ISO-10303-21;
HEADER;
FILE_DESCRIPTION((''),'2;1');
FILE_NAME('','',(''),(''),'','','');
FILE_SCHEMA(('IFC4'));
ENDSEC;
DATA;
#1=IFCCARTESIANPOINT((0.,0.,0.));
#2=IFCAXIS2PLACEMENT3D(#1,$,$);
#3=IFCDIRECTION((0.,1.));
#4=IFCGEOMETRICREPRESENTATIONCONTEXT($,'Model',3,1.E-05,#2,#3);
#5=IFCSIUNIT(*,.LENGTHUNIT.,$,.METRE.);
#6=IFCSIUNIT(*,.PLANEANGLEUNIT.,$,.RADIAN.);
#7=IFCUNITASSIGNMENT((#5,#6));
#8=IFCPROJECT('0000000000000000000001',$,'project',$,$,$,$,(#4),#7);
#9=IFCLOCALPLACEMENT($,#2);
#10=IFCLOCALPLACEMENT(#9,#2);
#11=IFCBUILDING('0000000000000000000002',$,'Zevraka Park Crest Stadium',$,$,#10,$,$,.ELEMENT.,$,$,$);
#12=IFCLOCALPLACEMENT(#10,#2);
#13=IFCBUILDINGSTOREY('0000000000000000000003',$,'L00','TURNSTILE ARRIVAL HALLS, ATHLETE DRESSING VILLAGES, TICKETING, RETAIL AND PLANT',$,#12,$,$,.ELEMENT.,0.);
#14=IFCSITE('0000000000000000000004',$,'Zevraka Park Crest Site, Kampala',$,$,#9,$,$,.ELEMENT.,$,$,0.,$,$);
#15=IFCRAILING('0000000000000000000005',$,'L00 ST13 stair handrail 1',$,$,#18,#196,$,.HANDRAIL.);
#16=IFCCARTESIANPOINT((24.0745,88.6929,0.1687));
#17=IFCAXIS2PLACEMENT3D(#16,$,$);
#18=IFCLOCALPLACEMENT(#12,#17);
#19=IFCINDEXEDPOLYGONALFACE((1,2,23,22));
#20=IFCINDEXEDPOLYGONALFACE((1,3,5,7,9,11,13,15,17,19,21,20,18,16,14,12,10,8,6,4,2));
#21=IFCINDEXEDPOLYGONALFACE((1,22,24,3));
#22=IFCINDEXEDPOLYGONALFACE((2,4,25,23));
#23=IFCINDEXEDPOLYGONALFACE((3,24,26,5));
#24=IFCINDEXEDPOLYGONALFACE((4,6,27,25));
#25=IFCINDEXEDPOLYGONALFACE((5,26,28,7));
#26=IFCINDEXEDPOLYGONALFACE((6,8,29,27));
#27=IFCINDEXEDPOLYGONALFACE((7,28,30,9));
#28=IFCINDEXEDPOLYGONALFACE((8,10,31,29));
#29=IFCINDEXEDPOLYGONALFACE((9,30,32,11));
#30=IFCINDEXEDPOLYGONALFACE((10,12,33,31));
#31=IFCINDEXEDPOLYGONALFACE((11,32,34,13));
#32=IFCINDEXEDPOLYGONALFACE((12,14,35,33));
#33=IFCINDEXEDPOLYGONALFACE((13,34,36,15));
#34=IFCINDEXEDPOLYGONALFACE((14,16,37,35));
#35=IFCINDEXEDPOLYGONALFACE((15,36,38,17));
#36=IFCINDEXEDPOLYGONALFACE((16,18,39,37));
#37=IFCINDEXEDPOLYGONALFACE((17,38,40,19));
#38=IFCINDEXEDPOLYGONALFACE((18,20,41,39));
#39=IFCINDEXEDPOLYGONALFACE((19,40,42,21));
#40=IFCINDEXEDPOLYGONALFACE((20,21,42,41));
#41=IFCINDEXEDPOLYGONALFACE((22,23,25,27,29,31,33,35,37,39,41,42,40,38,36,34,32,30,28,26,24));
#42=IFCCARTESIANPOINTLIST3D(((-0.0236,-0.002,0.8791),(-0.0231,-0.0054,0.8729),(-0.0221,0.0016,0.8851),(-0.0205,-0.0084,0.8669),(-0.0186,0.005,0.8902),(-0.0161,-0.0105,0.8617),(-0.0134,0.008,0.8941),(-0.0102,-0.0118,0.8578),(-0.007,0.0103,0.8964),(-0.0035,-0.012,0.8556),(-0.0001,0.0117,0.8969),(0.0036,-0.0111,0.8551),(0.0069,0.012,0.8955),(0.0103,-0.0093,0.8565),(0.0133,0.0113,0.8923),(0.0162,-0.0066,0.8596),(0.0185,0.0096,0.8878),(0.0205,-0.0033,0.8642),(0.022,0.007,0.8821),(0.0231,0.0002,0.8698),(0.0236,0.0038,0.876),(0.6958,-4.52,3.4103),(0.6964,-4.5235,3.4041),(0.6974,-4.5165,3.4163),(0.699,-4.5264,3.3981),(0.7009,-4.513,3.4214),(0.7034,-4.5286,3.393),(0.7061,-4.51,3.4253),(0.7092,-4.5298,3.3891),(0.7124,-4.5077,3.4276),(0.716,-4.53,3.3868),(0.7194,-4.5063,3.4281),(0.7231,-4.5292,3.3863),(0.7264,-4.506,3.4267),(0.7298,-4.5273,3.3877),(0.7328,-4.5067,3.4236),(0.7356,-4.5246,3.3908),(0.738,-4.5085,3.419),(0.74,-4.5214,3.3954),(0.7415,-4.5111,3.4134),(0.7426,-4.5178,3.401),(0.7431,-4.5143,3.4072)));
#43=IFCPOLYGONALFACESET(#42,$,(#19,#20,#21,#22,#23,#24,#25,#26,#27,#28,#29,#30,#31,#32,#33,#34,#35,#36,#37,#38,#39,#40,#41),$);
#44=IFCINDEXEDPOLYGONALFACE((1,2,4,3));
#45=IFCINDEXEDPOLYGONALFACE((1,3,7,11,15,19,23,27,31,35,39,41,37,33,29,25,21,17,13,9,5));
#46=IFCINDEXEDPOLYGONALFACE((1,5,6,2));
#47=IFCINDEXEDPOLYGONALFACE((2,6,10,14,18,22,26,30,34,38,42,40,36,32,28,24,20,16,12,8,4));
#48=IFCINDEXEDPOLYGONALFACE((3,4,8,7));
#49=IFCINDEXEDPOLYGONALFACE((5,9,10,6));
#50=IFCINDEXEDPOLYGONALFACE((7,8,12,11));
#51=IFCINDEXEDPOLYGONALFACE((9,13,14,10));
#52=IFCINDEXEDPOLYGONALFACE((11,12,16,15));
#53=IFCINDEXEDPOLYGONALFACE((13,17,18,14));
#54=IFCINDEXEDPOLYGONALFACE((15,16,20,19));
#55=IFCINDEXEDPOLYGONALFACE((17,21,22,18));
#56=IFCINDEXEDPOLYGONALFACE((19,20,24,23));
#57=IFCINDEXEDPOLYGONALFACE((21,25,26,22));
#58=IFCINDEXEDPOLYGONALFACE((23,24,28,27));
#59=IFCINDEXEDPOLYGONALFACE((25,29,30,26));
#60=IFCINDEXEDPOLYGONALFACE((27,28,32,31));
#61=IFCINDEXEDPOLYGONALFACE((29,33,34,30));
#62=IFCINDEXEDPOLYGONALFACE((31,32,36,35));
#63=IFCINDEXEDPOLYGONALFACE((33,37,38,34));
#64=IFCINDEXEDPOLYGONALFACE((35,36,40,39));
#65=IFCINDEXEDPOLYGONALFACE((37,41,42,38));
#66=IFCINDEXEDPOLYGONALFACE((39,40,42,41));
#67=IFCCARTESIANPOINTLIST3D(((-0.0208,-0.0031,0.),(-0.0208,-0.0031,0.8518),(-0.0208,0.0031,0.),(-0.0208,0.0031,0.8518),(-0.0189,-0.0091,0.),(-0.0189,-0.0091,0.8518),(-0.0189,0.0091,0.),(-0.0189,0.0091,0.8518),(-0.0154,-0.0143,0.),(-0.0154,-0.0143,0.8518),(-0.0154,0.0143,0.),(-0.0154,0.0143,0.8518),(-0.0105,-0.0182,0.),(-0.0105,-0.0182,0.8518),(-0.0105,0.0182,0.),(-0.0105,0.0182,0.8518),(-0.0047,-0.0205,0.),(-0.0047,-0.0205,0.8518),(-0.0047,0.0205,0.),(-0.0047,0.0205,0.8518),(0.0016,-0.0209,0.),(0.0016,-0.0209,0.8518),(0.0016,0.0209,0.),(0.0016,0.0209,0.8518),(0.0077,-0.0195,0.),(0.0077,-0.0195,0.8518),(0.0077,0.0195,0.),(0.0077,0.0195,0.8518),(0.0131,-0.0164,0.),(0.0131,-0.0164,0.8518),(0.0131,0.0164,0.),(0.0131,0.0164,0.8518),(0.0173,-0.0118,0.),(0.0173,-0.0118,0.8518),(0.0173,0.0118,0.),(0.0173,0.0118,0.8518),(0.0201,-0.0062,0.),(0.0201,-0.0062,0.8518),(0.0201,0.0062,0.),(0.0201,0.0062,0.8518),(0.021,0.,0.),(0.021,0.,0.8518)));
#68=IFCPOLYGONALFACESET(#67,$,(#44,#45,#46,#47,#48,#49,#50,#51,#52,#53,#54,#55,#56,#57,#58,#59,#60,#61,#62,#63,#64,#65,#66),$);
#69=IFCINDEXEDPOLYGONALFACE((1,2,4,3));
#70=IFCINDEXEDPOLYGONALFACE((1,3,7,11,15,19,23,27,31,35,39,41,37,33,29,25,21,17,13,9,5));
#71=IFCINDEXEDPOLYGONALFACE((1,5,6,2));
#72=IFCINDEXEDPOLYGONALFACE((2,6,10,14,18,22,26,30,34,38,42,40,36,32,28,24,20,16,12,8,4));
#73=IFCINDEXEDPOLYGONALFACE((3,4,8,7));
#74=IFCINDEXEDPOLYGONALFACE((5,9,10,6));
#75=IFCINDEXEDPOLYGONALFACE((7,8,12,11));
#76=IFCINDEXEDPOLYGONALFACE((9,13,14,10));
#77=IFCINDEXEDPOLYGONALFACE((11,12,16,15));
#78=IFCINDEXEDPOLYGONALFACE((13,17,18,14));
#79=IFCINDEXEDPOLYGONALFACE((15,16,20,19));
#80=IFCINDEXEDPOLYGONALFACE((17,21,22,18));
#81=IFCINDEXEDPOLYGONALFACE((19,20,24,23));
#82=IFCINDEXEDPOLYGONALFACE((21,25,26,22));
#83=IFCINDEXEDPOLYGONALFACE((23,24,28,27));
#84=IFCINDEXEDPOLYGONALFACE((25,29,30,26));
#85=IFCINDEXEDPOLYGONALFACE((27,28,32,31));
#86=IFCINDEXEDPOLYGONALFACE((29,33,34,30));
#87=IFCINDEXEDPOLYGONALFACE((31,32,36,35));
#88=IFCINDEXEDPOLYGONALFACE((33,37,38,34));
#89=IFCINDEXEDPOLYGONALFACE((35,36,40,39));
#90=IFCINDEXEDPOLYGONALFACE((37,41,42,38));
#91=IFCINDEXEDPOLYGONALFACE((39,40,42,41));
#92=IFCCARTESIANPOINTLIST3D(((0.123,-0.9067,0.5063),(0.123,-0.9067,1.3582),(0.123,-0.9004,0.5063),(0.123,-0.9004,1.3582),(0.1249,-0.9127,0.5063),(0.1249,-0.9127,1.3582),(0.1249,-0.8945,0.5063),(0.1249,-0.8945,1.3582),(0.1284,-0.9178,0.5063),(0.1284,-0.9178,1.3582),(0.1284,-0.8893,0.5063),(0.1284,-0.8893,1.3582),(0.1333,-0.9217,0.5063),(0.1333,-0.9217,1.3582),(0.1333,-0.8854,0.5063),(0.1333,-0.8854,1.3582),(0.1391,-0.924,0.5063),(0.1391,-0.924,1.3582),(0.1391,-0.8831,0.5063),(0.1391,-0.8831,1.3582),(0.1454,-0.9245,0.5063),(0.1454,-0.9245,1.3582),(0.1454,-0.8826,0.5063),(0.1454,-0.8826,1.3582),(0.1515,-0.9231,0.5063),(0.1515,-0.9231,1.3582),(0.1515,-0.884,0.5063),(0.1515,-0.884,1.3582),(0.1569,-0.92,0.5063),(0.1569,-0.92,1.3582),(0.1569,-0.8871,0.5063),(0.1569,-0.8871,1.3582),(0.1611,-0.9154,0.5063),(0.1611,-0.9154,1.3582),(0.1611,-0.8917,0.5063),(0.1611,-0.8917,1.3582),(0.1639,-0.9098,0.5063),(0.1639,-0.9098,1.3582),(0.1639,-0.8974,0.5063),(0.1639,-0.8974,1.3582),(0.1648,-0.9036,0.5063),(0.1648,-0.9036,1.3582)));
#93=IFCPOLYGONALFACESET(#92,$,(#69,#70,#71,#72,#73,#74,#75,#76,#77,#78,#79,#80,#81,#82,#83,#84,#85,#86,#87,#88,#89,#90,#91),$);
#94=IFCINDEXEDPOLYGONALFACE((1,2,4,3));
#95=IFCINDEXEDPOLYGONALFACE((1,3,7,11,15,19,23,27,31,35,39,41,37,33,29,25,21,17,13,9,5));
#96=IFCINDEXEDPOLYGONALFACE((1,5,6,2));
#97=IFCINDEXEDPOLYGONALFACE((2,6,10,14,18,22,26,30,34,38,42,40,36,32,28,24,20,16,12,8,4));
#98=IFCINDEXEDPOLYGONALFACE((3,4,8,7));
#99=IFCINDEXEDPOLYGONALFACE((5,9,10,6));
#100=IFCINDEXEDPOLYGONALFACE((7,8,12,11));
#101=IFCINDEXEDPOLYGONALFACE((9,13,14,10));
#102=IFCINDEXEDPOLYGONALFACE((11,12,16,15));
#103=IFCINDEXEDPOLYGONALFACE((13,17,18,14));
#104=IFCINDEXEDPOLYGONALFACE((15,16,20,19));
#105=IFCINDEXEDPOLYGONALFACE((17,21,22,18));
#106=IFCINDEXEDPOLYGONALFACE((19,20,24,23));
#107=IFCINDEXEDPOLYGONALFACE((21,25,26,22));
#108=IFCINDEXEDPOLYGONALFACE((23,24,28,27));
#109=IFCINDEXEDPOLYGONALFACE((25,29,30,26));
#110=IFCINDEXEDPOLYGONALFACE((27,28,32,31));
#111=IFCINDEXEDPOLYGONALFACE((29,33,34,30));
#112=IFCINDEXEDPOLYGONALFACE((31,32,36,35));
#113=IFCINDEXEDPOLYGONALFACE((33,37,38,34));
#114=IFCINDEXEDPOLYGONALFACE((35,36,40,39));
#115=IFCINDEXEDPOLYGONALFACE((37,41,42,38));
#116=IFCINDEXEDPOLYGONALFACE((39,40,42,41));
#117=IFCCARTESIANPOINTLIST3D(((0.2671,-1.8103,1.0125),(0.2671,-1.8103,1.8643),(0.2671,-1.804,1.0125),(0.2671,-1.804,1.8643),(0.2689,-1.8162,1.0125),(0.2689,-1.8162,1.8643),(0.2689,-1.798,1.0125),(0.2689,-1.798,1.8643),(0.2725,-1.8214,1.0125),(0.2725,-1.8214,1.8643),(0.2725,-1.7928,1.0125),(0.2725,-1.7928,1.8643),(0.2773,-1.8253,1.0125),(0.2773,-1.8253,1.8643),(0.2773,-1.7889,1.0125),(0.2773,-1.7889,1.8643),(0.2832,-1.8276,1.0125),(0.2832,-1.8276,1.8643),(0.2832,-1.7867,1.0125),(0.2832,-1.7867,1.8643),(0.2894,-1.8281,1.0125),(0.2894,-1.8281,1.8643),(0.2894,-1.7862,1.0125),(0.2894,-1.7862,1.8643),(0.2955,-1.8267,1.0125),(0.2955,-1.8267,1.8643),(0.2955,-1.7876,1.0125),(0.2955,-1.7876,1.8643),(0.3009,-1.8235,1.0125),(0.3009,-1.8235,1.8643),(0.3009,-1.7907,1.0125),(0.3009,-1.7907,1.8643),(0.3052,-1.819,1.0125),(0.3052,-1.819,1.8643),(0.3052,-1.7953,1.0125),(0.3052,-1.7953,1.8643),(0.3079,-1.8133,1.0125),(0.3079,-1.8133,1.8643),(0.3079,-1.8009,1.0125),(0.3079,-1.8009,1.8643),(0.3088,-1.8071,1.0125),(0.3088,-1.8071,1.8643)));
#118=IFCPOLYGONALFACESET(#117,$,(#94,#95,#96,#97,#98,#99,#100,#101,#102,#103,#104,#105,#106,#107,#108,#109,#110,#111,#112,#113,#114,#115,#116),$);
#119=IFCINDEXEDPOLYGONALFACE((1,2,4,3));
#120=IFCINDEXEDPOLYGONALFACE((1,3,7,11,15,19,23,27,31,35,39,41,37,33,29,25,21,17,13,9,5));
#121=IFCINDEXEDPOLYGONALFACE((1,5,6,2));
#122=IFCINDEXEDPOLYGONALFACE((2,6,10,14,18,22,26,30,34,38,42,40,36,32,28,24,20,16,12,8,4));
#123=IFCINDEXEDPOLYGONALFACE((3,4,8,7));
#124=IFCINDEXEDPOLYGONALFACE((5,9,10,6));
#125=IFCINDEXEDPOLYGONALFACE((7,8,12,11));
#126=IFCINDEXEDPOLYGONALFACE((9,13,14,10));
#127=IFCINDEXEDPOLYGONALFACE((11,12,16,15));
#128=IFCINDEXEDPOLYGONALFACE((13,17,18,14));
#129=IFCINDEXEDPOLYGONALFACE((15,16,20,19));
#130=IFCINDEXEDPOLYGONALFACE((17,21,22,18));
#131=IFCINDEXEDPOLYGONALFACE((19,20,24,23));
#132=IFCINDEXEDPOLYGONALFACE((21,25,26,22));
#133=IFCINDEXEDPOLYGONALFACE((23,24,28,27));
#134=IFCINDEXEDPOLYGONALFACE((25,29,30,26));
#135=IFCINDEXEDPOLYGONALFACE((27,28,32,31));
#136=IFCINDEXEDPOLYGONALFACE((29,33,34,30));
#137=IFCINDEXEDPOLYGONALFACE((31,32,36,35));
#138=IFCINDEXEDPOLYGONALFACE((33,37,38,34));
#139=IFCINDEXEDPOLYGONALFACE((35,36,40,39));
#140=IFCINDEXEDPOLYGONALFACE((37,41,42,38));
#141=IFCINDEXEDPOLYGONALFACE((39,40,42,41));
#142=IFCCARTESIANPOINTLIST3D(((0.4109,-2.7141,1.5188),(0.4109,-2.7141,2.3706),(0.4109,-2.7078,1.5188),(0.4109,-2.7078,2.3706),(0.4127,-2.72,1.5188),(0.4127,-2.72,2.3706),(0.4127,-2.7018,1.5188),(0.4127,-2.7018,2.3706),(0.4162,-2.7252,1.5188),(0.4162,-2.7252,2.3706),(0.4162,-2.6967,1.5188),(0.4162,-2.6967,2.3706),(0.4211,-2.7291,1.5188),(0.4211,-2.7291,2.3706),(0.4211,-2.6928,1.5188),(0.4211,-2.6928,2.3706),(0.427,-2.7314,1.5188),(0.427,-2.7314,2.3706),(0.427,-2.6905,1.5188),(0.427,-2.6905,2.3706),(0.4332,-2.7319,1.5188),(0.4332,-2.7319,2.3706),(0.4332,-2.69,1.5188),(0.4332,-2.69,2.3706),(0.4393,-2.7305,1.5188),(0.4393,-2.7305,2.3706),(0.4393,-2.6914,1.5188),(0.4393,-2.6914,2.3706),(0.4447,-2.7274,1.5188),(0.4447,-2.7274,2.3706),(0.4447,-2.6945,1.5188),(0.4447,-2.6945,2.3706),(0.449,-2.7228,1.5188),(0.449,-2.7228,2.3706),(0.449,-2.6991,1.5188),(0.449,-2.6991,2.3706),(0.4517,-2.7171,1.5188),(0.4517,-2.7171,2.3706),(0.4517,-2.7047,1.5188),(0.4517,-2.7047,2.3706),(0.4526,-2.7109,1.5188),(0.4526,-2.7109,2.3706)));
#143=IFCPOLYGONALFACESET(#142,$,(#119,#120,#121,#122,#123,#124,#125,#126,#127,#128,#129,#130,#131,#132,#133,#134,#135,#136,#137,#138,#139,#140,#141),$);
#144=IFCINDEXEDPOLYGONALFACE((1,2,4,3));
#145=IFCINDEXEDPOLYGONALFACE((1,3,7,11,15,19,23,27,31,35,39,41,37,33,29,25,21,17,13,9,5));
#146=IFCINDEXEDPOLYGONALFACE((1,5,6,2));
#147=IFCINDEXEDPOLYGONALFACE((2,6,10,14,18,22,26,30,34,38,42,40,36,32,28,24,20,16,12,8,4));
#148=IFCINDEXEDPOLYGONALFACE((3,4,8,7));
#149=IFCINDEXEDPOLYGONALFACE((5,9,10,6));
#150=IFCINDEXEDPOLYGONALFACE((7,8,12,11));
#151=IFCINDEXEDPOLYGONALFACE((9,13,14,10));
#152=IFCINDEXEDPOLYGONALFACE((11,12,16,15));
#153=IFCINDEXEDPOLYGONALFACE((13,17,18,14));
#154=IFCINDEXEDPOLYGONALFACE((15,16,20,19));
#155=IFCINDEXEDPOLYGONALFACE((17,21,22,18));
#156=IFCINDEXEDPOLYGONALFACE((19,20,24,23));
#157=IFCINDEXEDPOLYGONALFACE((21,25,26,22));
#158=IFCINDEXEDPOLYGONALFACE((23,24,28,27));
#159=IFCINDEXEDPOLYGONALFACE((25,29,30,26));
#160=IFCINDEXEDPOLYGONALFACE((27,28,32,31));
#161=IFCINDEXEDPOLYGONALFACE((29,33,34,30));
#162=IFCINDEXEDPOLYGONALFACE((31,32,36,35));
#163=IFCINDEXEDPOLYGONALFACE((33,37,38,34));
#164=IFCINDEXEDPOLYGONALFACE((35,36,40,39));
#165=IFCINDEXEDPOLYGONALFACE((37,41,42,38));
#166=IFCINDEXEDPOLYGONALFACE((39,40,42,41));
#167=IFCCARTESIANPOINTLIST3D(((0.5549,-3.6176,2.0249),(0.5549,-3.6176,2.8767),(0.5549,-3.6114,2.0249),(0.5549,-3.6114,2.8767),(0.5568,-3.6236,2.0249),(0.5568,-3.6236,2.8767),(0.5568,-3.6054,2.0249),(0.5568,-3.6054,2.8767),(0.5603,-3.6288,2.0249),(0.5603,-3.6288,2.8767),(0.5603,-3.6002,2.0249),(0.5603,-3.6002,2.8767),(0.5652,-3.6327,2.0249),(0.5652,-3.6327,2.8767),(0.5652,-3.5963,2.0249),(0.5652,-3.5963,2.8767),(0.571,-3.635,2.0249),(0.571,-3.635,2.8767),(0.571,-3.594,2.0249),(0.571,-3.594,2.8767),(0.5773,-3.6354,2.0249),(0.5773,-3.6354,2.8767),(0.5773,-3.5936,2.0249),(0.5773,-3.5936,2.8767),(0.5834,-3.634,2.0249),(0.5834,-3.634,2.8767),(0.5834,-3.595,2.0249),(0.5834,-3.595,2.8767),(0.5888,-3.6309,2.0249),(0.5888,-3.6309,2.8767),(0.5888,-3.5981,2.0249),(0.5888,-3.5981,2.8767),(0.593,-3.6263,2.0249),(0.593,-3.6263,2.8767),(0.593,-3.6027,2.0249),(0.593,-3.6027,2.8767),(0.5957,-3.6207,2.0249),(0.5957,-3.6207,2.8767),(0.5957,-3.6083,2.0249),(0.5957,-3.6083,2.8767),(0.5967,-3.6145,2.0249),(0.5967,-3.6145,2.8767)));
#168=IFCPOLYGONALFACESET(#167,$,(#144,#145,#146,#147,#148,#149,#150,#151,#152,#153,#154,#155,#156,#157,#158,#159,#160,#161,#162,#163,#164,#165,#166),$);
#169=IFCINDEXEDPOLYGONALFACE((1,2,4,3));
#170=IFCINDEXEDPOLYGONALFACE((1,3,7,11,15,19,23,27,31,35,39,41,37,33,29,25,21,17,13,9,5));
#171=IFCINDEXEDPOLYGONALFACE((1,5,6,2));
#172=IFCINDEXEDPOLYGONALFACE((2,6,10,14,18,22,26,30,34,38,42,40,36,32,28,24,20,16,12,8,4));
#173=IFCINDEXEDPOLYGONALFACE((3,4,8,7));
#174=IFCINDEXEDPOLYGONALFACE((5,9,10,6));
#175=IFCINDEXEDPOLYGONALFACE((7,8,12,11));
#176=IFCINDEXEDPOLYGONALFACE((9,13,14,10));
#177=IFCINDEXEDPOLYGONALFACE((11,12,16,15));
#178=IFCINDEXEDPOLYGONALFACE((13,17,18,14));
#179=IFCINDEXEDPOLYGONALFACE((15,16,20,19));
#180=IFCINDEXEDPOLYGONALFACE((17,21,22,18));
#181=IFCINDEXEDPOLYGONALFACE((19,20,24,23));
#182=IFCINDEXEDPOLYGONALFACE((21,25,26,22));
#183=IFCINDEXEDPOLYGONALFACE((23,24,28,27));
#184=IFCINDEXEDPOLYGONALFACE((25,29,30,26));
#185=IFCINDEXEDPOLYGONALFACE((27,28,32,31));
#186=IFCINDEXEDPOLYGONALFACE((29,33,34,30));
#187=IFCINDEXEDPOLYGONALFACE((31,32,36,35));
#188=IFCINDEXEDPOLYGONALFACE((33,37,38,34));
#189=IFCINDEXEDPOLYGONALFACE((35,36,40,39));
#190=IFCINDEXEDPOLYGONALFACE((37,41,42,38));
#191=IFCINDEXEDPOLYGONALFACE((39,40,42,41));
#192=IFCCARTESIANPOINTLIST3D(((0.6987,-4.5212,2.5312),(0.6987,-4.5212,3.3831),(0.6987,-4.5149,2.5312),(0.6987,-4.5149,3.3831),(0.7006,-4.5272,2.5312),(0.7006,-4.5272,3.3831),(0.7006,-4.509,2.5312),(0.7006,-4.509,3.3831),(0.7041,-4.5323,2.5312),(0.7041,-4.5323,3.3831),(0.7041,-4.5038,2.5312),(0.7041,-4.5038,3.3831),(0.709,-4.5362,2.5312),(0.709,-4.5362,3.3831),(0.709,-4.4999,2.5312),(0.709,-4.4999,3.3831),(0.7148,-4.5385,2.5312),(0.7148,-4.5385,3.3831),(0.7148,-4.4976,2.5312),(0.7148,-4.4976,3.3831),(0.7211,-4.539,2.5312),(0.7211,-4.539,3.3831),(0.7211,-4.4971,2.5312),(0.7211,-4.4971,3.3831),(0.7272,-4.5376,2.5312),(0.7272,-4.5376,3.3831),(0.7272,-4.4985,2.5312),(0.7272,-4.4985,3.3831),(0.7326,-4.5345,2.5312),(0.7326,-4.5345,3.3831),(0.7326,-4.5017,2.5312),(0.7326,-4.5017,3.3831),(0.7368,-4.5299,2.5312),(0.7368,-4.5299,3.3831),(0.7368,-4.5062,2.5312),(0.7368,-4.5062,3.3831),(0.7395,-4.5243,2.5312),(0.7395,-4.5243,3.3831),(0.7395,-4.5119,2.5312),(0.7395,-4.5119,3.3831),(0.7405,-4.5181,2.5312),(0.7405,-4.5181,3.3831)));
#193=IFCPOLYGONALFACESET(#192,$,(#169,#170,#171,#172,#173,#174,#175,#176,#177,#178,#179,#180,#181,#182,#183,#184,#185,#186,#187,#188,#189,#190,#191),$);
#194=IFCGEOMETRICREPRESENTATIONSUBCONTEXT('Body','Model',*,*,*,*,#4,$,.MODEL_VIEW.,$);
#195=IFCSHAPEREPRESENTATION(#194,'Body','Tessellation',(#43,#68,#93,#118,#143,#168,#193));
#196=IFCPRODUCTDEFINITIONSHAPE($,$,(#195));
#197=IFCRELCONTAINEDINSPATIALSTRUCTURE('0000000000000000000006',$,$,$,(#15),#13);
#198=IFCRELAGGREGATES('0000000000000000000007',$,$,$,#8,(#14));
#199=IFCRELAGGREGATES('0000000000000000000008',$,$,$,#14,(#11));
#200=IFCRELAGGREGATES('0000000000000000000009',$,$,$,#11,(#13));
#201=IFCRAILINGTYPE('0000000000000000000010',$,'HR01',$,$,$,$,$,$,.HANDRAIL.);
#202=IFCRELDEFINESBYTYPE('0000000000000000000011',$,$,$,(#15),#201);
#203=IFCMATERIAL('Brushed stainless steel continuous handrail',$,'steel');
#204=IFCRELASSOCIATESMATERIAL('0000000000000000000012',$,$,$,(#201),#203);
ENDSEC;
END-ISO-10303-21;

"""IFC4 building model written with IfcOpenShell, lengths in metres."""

from ifc_helpers import new_model, si_unit, direction, frame, origin, origin_2d, place, context, subcontext, project, spatial, circle, extrude, material, type_object, element, save


model = new_model("IFC4")

# Units and contexts
model_context = context("Model", 3, precision=1e-05, world=origin(), true_north=direction((0.0, 1.0)))
body_context = subcontext(model_context, "Body", "Model", "MODEL_VIEW")
ifc_project = project(units=[si_unit("LENGTHUNIT", "METRE"), si_unit("PLANEANGLEUNIT", "RADIAN")], contexts=[model_context])

# Site, building, storey
site_placement = place(None, origin())
site = spatial("IfcSite", under=ifc_project, at=site_placement, Name="Zevraka Park Crest Site, Kampala", CompositionType="ELEMENT", RefElevation=0.0)
building_placement = place(site_placement, origin())
building = spatial("IfcBuilding", under=site, at=building_placement, Name="Zevraka Park Crest Stadium", CompositionType="ELEMENT")
storey_placement = place(building_placement, origin())
storey = spatial("IfcBuildingStorey", under=building, at=storey_placement, Name="L00", Description="TURNSTILE ARRIVAL HALLS, ATHLETE DRESSING VILLAGES, TICKETING, RETAIL AND PLANT", CompositionType="ELEMENT", Elevation=0.0)

# Railing
ifc_material_1 = material(Name="Brushed stainless steel continuous handrail", Category="steel")
railing_type = type_object("IfcRailingType", Name="HR01", PredefinedType="HANDRAIL", material=ifc_material_1)
railing_placement = place(storey_placement, frame((24.0745, 88.6929, 0.1687)))
element("IfcRailing", 1, at=railing_placement, inside=storey, type_object=railing_type, Name="L00 ST13 stair handrail 1", PredefinedType="HANDRAIL", context=body_context, shape_type="SweptSolid", body=[
    extrude(circle(Radius=0.0239, at=origin_2d()), frame((0.0, 0.0, 0.876), z_axis=(0.137606, -0.864113, 0.48412), x_axis=(0.987557, 0.157264, 0.0)), (0.0, 0.0, 1.0), 5.2285),
    extrude(circle(Radius=0.021, at=origin_2d()), origin(), (0.0, 0.0, 1.0), 0.8518),
    extrude(circle(Radius=0.021, at=origin_2d()), frame((0.1438, -0.9036, 0.5063)), (0.0, 0.0, 1.0), 0.8518),
    extrude(circle(Radius=0.021, at=origin_2d()), frame((0.2878, -1.8071, 1.0125)), (0.0, 0.0, 1.0), 0.8518),
    extrude(circle(Radius=0.021, at=origin_2d()), frame((0.4316, -2.7109, 1.5188)), (0.0, 0.0, 1.0), 0.8518),
    extrude(circle(Radius=0.021, at=origin_2d()), frame((0.5757, -3.6145, 2.0249)), (0.0, 0.0, 1.0), 0.8518),
    extrude(circle(Radius=0.021, at=origin_2d()), frame((0.7195, -4.5181, 2.5312)), (0.0, 0.0, 1.0), 0.8518),
])

save(model, "model.ifc")
